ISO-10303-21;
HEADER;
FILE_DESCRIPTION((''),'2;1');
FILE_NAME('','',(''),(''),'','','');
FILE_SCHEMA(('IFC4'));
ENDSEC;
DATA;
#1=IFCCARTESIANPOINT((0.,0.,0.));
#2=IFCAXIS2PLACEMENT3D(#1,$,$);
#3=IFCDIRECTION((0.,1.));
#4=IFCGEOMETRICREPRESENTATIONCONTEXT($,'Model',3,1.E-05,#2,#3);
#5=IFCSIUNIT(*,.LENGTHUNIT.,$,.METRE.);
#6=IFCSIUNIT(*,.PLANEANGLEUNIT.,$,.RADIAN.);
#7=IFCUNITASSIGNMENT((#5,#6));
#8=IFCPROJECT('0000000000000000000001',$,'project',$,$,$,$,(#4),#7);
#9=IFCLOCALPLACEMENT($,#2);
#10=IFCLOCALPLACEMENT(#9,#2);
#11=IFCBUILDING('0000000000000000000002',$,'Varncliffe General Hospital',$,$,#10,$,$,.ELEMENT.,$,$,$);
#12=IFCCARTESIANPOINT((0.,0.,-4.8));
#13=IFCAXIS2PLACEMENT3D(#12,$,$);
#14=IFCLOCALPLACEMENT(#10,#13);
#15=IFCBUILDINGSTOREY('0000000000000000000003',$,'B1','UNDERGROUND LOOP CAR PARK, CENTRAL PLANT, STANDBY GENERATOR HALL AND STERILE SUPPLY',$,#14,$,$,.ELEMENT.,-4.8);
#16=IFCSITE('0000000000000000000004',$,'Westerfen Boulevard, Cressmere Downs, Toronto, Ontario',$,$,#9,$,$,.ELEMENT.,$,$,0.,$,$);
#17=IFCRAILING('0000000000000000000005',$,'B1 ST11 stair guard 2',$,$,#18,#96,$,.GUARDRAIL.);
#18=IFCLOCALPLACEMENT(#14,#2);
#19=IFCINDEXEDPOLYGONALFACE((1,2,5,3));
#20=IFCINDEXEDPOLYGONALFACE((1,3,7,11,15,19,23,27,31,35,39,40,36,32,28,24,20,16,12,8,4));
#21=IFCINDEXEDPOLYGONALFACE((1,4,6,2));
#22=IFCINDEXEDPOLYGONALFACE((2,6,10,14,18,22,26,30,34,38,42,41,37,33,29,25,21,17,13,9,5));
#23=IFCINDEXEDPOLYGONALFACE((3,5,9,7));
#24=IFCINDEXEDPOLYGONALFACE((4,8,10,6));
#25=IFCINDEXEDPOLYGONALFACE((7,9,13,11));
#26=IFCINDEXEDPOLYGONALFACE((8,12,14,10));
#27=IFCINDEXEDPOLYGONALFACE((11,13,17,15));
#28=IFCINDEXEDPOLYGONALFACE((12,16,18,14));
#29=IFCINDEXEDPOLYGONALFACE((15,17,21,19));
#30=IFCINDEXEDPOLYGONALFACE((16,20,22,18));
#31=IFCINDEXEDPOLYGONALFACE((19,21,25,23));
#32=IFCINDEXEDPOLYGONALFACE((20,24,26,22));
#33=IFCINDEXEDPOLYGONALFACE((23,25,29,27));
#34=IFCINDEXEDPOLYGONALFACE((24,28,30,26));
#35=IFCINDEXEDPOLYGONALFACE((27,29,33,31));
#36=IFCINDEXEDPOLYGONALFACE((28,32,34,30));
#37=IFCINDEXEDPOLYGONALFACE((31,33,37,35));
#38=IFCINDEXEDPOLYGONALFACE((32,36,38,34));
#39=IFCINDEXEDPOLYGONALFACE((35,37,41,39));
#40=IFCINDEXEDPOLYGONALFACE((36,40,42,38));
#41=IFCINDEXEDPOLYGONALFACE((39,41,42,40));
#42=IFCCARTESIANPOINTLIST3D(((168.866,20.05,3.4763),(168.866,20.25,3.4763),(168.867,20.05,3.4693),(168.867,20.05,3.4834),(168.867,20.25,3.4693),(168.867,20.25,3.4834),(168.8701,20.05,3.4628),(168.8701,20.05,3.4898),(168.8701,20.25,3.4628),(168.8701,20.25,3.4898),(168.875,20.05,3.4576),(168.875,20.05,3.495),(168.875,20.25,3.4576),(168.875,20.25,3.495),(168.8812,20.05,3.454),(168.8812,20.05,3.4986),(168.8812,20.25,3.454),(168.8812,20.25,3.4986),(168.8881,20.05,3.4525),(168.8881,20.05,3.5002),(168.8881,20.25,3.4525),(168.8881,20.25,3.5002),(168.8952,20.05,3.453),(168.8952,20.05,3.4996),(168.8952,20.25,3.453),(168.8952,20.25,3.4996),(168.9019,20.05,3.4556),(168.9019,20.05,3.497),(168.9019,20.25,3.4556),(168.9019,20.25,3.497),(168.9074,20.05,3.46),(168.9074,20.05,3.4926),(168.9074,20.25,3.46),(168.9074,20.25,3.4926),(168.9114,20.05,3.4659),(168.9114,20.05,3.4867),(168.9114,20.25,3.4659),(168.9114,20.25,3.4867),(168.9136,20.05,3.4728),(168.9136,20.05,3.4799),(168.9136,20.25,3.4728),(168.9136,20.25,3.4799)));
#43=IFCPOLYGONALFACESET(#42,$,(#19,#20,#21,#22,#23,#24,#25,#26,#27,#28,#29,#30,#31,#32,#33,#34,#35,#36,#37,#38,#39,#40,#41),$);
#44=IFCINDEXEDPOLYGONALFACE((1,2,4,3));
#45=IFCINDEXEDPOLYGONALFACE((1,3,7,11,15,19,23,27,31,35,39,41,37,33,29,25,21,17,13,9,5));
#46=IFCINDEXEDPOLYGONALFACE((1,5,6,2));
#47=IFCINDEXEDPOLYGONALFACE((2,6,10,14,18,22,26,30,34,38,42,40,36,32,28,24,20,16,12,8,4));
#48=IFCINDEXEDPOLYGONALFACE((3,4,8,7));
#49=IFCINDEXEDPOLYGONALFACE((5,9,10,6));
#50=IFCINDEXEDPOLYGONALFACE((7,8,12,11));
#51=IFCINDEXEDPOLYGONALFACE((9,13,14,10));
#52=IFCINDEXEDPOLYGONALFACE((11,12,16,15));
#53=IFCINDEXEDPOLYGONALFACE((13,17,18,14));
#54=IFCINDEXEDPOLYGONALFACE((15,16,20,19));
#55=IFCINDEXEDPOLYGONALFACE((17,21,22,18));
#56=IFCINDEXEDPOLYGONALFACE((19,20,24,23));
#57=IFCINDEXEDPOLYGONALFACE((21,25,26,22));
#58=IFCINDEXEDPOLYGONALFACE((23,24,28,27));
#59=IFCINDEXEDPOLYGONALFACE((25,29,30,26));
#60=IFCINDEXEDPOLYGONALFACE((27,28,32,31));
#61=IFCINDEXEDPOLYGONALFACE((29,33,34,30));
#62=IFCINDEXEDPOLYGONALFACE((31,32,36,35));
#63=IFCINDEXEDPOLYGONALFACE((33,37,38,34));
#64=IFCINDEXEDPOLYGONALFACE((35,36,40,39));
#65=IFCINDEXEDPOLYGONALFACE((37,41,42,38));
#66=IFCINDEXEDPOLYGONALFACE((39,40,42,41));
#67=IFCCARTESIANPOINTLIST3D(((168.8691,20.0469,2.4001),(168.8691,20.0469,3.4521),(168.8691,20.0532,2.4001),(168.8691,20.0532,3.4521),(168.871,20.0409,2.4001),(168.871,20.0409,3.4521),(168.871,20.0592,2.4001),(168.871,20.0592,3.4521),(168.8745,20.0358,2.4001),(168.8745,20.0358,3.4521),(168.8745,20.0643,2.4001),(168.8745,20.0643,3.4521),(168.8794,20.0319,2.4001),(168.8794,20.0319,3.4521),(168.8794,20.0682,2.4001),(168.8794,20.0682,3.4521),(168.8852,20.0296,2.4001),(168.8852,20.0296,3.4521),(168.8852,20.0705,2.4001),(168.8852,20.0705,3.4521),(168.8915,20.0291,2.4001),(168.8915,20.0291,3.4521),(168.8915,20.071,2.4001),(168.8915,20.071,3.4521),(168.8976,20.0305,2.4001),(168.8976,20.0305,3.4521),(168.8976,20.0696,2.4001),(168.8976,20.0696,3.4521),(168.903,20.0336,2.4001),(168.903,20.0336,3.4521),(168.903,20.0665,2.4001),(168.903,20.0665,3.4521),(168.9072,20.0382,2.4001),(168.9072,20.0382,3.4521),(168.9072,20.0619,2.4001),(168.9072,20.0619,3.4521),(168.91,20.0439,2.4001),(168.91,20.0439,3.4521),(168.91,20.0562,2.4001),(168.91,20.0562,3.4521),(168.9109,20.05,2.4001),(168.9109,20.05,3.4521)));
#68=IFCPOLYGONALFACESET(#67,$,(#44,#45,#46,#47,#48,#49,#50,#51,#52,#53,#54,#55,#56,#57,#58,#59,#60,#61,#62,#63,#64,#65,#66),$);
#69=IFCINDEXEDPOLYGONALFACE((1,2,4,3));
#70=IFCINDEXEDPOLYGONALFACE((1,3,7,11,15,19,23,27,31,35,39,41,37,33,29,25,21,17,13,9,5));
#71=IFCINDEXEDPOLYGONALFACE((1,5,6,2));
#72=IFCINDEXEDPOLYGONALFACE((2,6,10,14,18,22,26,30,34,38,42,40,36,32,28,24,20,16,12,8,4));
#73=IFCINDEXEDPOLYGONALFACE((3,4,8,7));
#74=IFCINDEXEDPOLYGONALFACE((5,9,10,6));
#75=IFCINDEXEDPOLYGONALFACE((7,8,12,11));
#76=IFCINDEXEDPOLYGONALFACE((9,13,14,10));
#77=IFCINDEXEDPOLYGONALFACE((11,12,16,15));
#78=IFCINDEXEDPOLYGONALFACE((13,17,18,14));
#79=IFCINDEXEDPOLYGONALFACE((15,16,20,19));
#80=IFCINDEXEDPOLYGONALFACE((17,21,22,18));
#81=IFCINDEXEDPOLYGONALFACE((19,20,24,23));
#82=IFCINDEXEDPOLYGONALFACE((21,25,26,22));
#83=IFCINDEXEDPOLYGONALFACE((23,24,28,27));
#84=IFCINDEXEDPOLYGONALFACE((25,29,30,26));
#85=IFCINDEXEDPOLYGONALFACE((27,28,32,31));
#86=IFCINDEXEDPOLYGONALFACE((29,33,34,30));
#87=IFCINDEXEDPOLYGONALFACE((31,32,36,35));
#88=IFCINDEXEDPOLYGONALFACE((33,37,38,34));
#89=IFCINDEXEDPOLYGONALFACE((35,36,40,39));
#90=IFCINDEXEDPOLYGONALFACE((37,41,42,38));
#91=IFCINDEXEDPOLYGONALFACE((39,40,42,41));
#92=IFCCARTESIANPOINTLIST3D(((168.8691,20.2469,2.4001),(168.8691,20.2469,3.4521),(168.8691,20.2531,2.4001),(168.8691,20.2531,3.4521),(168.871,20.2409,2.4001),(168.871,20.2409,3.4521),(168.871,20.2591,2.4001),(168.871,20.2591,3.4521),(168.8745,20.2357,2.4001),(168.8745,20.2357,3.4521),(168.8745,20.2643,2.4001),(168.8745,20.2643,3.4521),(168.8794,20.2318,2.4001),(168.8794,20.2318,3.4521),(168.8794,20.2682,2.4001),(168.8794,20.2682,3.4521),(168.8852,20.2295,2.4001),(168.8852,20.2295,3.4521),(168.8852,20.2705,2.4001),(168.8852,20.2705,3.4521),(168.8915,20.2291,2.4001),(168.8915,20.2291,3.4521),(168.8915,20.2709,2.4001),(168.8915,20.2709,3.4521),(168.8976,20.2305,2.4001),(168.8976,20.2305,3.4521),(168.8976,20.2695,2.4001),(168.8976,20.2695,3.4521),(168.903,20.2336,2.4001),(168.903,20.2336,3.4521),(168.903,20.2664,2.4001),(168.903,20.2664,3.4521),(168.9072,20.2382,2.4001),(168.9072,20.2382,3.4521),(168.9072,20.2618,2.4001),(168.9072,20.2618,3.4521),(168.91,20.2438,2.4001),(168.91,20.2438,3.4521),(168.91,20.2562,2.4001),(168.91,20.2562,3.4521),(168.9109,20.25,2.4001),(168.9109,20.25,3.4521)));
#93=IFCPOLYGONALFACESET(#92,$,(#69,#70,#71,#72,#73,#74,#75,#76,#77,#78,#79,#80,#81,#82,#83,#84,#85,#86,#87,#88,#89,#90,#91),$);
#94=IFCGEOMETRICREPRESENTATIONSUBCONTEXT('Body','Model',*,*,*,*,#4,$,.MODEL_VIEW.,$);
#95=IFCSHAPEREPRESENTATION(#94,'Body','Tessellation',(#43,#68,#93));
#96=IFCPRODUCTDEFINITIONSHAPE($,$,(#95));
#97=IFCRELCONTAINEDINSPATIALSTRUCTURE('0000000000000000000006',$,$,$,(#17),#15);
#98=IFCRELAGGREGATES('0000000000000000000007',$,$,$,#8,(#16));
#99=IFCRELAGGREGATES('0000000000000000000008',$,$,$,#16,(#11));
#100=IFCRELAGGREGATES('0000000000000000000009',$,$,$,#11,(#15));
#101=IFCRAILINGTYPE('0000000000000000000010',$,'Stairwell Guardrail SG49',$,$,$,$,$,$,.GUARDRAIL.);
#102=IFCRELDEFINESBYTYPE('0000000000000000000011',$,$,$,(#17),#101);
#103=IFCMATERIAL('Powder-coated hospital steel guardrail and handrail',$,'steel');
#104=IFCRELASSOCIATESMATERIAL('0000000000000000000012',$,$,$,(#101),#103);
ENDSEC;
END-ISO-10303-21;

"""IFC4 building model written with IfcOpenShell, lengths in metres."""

from ifc_helpers import new_model, si_unit, direction, frame, origin, origin_2d, place, context, subcontext, project, spatial, circle, extrude, material, type_object, element, save


model = new_model("IFC4")

# Units and contexts
model_context = context("Model", 3, precision=1e-05, world=origin(), true_north=direction((0.0, 1.0)))
body_context = subcontext(model_context, "Body", "Model", "MODEL_VIEW")
ifc_project = project(units=[si_unit("LENGTHUNIT", "METRE"), si_unit("PLANEANGLEUNIT", "RADIAN")], contexts=[model_context])

# Site, building, storey
site_placement = place(None, origin())
site = spatial("IfcSite", under=ifc_project, at=site_placement, Name="Westerfen Boulevard, Cressmere Downs, Toronto, Ontario", CompositionType="ELEMENT", RefElevation=0.0)
building_placement = place(site_placement, origin())
building = spatial("IfcBuilding", under=site, at=building_placement, Name="Varncliffe General Hospital", CompositionType="ELEMENT")
storey_placement = place(building_placement, frame((0.0, 0.0, -4.8)))
storey = spatial("IfcBuildingStorey", under=building, at=storey_placement, Name="B1", Description="UNDERGROUND LOOP CAR PARK, CENTRAL PLANT, STANDBY GENERATOR HALL AND STERILE SUPPLY", CompositionType="ELEMENT", Elevation=-4.8)

# Railing
ifc_material_1 = material(Name="Powder-coated hospital steel guardrail and handrail", Category="steel")
railing_type_1 = type_object("IfcRailingType", Name="Stairwell Guardrail SG49", PredefinedType="GUARDRAIL", material=ifc_material_1)
railing_1_placement = place(storey_placement, frame((168.8899, 20.05, 2.4001)))
element("IfcRailing", 1, at=railing_1_placement, inside=storey, type_object=railing_type_1, Name="B1 ST11 stair guard 2", PredefinedType="GUARDRAIL", context=body_context, shape_type="SweptSolid", body=[
    extrude(circle(Radius=0.0239, at=origin_2d()), frame((0.0, 0.0, 1.0762), z_axis=(0.0, 1.0, 0.0), x_axis=(-1.0, 0.0, 0.0)), (0.0, 0.0, 1.0), 0.2),
    extrude(circle(Radius=0.021, at=origin_2d()), origin(), (0.0, 0.0, 1.0), 1.052),
    extrude(circle(Radius=0.021, at=origin_2d()), frame((0.0, 0.2, 0.0)), (0.0, 0.0, 1.0), 1.052),
])

save(model, "model.ifc")
